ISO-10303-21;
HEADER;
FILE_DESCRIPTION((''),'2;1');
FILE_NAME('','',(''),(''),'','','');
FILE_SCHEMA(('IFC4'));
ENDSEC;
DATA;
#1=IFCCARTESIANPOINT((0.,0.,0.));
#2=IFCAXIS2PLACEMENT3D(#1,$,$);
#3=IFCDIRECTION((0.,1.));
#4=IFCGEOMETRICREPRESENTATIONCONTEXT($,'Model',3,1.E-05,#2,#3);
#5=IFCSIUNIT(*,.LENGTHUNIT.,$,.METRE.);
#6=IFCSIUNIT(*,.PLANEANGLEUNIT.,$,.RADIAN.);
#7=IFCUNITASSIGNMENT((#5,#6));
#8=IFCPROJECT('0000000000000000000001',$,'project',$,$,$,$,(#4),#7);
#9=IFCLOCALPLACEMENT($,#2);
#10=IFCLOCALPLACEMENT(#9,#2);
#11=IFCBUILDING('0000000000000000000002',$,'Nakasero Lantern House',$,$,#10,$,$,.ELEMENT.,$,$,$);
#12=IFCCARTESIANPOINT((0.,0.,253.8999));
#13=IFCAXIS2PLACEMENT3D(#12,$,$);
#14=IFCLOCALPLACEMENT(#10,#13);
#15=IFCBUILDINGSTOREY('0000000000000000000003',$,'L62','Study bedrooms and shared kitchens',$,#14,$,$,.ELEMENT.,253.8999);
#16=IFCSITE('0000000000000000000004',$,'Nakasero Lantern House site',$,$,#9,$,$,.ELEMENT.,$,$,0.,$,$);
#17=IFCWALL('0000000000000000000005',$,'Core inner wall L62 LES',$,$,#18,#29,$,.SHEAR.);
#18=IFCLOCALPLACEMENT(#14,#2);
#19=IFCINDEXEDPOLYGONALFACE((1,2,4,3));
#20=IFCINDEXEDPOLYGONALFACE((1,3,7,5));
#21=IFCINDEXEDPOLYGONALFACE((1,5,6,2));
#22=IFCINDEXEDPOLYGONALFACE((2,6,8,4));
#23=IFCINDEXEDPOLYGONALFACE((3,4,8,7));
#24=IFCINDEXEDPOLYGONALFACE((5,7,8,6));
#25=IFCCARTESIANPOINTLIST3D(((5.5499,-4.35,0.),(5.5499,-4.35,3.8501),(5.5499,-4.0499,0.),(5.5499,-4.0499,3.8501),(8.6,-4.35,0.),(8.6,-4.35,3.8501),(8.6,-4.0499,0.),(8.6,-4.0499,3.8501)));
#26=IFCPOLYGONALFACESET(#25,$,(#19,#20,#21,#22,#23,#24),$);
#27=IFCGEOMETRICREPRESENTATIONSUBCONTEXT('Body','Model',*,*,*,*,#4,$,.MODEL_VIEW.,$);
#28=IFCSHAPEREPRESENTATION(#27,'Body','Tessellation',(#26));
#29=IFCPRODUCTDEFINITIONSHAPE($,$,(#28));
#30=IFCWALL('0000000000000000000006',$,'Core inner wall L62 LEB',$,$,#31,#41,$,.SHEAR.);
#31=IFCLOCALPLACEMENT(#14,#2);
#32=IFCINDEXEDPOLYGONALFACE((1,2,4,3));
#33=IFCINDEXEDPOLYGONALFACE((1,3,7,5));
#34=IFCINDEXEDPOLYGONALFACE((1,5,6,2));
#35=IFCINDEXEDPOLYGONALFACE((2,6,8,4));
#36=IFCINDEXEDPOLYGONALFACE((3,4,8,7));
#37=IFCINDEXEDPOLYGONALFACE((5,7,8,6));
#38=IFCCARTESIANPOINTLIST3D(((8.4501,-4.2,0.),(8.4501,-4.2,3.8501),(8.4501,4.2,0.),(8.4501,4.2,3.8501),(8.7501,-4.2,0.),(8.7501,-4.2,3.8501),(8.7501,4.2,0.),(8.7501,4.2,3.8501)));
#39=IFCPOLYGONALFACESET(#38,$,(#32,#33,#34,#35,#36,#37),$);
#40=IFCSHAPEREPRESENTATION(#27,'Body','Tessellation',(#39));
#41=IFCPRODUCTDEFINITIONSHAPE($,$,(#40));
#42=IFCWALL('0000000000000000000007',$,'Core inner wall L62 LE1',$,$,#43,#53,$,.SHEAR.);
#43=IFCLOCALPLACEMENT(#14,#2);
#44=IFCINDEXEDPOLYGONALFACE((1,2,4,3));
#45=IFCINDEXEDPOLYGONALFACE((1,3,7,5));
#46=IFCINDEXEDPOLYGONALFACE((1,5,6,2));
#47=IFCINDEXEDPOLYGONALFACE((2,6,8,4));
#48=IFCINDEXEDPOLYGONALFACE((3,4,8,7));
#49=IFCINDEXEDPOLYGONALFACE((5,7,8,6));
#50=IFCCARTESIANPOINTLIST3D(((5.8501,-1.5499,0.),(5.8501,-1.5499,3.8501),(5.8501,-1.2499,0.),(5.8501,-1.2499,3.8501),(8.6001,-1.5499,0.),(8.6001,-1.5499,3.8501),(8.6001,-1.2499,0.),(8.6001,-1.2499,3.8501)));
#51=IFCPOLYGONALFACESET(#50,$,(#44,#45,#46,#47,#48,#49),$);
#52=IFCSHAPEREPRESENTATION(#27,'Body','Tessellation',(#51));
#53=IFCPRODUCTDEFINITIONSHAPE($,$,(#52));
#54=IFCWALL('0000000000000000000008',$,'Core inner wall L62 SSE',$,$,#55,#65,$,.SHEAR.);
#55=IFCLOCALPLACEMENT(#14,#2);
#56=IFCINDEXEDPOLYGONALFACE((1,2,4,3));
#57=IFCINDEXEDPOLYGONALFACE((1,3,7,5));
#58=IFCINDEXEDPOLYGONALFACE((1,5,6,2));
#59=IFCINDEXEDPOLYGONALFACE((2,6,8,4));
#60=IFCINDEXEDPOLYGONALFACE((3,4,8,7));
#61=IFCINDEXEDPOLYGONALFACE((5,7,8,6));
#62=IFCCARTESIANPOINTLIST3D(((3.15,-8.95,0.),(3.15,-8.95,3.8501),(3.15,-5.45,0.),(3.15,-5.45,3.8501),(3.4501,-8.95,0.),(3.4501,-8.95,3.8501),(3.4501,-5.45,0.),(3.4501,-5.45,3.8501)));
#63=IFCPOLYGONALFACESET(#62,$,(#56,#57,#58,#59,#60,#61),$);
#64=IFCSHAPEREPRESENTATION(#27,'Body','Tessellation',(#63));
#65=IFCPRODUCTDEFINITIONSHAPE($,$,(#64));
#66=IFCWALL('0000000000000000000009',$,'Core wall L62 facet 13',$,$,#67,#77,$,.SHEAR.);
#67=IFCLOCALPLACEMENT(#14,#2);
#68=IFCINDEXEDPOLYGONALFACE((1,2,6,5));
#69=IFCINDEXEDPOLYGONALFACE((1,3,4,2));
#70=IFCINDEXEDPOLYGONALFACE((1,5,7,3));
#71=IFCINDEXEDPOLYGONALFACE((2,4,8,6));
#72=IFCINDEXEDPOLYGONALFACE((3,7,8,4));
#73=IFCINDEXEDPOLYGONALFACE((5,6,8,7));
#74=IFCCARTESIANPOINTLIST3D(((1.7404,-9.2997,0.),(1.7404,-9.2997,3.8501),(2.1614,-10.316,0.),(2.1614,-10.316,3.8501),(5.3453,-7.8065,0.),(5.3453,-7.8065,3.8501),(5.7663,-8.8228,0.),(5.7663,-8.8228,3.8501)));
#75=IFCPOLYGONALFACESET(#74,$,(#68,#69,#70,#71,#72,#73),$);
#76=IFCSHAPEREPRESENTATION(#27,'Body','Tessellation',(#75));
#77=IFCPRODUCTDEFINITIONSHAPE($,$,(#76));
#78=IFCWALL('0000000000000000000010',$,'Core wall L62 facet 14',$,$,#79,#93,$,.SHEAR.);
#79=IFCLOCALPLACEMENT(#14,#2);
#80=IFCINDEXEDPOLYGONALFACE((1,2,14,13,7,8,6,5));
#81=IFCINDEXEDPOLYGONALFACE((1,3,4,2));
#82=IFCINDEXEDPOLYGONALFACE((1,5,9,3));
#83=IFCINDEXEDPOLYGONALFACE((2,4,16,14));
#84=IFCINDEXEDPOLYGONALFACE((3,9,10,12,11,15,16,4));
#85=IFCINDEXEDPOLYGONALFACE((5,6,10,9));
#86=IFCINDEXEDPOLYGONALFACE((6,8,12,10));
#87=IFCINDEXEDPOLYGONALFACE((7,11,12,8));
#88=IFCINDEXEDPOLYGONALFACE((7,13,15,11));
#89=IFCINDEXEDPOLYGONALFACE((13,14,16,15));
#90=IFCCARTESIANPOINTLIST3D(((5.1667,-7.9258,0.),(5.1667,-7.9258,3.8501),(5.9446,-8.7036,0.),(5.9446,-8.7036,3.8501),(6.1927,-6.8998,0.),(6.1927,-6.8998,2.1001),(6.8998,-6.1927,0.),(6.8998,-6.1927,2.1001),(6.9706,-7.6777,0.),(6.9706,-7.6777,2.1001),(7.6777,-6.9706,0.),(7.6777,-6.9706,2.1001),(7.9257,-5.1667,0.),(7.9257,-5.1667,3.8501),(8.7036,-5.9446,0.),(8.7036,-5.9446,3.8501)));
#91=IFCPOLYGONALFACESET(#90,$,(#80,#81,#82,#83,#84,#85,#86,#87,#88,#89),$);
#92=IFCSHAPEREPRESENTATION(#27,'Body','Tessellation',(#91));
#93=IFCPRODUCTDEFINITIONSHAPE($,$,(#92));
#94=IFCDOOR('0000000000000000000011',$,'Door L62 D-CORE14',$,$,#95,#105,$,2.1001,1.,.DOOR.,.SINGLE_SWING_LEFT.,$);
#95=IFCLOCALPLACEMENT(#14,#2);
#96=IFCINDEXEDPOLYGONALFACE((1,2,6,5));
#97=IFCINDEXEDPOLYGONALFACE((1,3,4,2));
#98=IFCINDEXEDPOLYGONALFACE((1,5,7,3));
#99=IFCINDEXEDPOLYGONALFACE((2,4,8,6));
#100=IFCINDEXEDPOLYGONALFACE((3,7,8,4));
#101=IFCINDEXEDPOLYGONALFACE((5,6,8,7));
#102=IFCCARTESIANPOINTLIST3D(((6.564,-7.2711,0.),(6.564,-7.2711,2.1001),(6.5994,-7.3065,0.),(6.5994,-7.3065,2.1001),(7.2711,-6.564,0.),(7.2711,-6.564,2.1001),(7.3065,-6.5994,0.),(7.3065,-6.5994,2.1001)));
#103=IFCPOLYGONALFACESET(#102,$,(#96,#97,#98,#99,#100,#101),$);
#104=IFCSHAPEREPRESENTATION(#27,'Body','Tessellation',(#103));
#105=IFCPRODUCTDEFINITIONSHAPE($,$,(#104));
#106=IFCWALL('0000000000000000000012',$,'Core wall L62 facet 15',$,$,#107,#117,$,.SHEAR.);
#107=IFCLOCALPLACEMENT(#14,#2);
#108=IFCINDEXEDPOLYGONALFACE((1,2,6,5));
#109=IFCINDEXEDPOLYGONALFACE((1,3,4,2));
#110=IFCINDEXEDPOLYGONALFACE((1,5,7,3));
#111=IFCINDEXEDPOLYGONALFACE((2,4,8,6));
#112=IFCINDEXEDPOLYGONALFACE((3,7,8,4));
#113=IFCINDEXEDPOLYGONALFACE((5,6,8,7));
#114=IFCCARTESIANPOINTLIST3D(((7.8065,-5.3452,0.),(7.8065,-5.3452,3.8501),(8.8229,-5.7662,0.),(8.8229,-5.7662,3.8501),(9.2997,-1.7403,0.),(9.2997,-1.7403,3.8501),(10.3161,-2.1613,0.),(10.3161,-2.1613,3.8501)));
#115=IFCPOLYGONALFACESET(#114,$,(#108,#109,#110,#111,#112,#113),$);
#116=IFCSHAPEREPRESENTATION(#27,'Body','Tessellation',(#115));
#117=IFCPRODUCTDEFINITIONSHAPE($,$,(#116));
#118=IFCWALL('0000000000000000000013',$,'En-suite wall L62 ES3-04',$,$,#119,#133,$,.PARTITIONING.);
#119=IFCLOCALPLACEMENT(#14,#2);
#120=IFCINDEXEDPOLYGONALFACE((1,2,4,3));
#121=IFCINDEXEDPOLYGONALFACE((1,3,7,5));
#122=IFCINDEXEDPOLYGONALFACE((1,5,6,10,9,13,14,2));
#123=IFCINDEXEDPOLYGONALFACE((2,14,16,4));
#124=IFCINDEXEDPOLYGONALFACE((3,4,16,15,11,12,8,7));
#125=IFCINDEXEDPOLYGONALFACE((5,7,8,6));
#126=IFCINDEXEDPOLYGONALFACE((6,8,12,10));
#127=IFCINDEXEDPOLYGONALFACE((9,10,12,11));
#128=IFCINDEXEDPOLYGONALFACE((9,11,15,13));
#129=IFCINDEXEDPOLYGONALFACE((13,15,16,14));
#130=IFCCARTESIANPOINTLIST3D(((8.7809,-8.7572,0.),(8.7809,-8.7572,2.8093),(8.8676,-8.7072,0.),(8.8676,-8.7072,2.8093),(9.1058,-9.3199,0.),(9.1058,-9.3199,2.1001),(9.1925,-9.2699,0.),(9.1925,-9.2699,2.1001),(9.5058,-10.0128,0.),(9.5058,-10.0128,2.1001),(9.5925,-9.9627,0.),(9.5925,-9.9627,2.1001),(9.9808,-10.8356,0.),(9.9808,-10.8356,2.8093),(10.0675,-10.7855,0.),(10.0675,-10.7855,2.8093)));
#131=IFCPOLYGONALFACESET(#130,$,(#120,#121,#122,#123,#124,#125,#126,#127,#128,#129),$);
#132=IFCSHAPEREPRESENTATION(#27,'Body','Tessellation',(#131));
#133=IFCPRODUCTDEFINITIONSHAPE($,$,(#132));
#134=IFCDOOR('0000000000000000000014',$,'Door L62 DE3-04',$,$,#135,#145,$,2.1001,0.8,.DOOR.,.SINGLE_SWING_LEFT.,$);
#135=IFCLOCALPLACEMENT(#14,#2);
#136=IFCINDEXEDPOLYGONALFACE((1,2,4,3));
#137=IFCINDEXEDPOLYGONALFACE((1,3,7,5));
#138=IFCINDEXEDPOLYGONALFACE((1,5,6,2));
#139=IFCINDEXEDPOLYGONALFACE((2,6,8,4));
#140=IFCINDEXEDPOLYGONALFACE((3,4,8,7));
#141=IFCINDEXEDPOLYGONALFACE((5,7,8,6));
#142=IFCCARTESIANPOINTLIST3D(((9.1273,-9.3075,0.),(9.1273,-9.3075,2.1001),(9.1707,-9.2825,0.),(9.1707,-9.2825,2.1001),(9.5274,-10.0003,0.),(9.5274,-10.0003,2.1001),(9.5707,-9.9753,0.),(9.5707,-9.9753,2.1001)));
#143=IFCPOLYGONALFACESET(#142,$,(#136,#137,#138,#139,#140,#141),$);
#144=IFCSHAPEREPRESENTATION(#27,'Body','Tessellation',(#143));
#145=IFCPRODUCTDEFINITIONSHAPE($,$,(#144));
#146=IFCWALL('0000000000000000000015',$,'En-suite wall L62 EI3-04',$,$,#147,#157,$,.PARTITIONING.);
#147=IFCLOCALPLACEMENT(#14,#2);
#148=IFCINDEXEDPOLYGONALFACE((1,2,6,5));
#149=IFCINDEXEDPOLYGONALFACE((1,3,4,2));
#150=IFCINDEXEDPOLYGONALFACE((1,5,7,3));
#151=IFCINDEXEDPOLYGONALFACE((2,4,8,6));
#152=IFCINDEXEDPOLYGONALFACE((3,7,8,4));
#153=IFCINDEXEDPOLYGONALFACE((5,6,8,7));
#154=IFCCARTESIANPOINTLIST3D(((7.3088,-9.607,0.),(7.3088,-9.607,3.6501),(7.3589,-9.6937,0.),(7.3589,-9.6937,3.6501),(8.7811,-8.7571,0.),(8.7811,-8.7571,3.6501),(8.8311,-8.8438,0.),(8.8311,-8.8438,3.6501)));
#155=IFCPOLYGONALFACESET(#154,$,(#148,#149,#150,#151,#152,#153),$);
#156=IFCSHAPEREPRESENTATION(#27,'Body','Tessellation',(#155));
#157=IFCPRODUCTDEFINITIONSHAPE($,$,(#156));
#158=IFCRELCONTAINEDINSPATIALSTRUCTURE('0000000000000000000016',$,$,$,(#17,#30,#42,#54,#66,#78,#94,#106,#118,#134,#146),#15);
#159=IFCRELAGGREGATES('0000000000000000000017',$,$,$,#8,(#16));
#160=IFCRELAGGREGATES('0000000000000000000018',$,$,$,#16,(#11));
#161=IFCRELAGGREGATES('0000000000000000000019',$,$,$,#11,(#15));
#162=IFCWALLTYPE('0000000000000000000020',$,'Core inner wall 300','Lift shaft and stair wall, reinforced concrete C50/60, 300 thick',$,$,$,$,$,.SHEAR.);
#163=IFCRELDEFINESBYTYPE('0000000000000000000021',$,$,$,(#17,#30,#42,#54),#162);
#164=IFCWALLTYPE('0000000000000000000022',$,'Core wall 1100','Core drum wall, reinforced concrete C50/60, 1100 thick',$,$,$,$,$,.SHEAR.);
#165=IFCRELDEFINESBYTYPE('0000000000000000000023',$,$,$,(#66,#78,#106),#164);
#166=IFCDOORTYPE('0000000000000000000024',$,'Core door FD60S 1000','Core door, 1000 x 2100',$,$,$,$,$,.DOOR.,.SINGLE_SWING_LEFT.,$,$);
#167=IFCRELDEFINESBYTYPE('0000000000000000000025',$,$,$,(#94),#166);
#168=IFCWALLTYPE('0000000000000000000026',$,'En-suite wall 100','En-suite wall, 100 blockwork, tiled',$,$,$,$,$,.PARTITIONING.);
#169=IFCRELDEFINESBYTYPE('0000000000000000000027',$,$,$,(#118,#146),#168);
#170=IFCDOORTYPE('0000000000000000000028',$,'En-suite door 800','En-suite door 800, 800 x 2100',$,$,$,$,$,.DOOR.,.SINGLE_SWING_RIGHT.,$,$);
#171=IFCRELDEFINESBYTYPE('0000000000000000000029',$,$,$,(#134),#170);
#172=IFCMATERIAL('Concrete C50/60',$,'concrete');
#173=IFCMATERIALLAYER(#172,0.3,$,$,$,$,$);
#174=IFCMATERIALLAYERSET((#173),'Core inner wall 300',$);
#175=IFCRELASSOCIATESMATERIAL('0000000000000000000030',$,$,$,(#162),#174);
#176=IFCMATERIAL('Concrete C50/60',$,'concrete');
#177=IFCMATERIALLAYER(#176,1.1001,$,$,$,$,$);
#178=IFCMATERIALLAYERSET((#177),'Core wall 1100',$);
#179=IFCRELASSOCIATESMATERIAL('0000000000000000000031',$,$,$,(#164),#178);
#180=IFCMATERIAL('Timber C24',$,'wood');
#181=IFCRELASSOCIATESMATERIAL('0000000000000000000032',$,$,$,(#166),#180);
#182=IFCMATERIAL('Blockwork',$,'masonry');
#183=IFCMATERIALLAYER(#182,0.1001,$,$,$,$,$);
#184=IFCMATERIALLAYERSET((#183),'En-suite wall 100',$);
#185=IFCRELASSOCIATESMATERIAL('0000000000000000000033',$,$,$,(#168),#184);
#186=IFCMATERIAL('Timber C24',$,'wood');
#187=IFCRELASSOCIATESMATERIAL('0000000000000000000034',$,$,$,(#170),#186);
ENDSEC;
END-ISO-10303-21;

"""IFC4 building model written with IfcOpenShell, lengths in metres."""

from ifc_helpers import new_model, si_unit, direction, frame, frame_2d, origin, place, context, subcontext, project, spatial, rectangle, extrude, material, layer, layer_set, type_object, element, fill, save


model = new_model("IFC4")

# Units and contexts
model_context = context("Model", 3, precision=1e-05, world=origin(), true_north=direction((0.0, 1.0)))
body_context = subcontext(model_context, "Body", "Model", "MODEL_VIEW")
ifc_project = project(units=[si_unit("LENGTHUNIT", "METRE"), si_unit("PLANEANGLEUNIT", "RADIAN")], contexts=[model_context])

# Site, building, storey
site_placement = place(None, origin())
site = spatial("IfcSite", under=ifc_project, at=site_placement, Name="Nakasero Lantern House site", CompositionType="ELEMENT", RefElevation=0.0)
building_placement = place(site_placement, origin())
building = spatial("IfcBuilding", under=site, at=building_placement, Name="Nakasero Lantern House", CompositionType="ELEMENT")
storey_placement = place(building_placement, frame((0.0, 0.0, 253.8999)))
storey = spatial("IfcBuildingStorey", under=building, at=storey_placement, Name="L62", Description="Study bedrooms and shared kitchens", CompositionType="ELEMENT", Elevation=253.8999)

# Shared definitions
ifc_material_1 = material(Name="Concrete C50/60", Category="concrete")
ifc_layer_1 = layer(ifc_material_1, 0.3)
ifc_layer_set_1 = layer_set([ifc_layer_1], Name="Core inner wall 300")
wall_type_1 = type_object("IfcWallType", Name="Core inner wall 300", Description="Lift shaft and stair wall, reinforced concrete C50/60, 300 thick", PredefinedType="SHEAR", material=ifc_layer_set_1)

# Walls
wall_1_placement = place(storey_placement, frame((5.55, -4.2, 0.0), z_axis=(0.0, 0.0, 1.0), x_axis=(1.0, 0.0, 0.0)))
element("IfcWall", 1, at=wall_1_placement, inside=storey, type_object=wall_type_1, Name="Core inner wall L62 LES", PredefinedType="SHEAR", context=body_context, shape_type="SweptSolid", body=[
    extrude(rectangle(XDim=3.05, YDim=0.3, at=frame_2d((1.5249, 0.0))), origin(), (0.0, 0.0, 1.0), 3.8501),
])
wall_2_placement = place(storey_placement, frame((8.6001, -4.2, 0.0), z_axis=(0.0, 0.0, 1.0), x_axis=(0.0, 1.0, 0.0)))
element("IfcWall", 2, at=wall_2_placement, inside=storey, type_object=wall_type_1, Name="Core inner wall L62 LEB", PredefinedType="SHEAR", context=body_context, shape_type="SweptSolid", body=[
    extrude(rectangle(XDim=8.3999, YDim=0.3, at=frame_2d((4.2, 0.0))), origin(), (0.0, 0.0, 1.0), 3.8501),
])
wall_3_placement = place(storey_placement, frame((5.8501, -1.3999, 0.0), z_axis=(0.0, 0.0, 1.0), x_axis=(1.0, 0.0, 0.0)))
element("IfcWall", 3, at=wall_3_placement, inside=storey, type_object=wall_type_1, Name="Core inner wall L62 LE1", PredefinedType="SHEAR", context=body_context, shape_type="SweptSolid", body=[
    extrude(rectangle(XDim=2.75, YDim=0.3, at=frame_2d((1.375, 0.0))), origin(), (0.0, 0.0, 1.0), 3.8501),
])
wall_4_placement = place(storey_placement, frame((3.3, -5.45, 0.0), z_axis=(0.0, 0.0, 1.0), x_axis=(0.0, -1.0, 0.0)))
element("IfcWall", 4, at=wall_4_placement, inside=storey, type_object=wall_type_1, Name="Core inner wall L62 SSE", PredefinedType="SHEAR", context=body_context, shape_type="SweptSolid", body=[
    extrude(rectangle(XDim=3.5, YDim=0.3, at=frame_2d((1.75, 0.0))), origin(), (0.0, 0.0, 1.0), 3.8501),
])
ifc_material_2 = material(Name="Concrete C50/60", Category="concrete")
ifc_layer_2 = layer(ifc_material_2, 1.1001)
ifc_layer_set_2 = layer_set([ifc_layer_2], Name="Core wall 1100")
wall_type_2 = type_object("IfcWallType", Name="Core wall 1100", Description="Core drum wall, reinforced concrete C50/60, 1100 thick", PredefinedType="SHEAR", material=ifc_layer_set_2)
wall_5_placement = place(storey_placement, frame((1.9509, -9.8079, 0.0), z_axis=(0.0, 0.0, 1.0), x_axis=(0.923877, 0.382691, 0.0)))
element("IfcWall", 5, at=wall_5_placement, inside=storey, type_object=wall_type_2, Name="Core wall L62 facet 13", PredefinedType="SHEAR", context=body_context, shape_type="SweptSolid", body=[
    extrude(rectangle(XDim=3.9019, YDim=1.1001, at=frame_2d((1.9509, 0.0))), origin(), (0.0, 0.0, 1.0), 3.8501),
])

# Wall, opening, door
wall_6_placement = place(storey_placement, frame((5.5557, -8.3147, 0.0), z_axis=(0.0, 0.0, 1.0), x_axis=(0.707107, 0.707107, 0.0)))
wall_6 = element("IfcWall", 6, at=wall_6_placement, inside=storey, type_object=wall_type_2, Name="Core wall L62 facet 14", PredefinedType="SHEAR", context=body_context, shape_type="SweptSolid", body=[
    extrude(rectangle(XDim=3.9019, YDim=1.1001, at=frame_2d((1.9509, 0.0))), origin(), (0.0, 0.0, 1.0), 3.8501),
])
opening_1_placement = place(wall_6_placement, frame((1.4509, 0.0, 0.0)))
opening_1 = element("IfcOpeningElement", 7, at=opening_1_placement, cuts=wall_6, PredefinedType="OPENING", context=body_context, shape_type="SweptSolid", body=[
    extrude(rectangle(XDim=1.0, YDim=2.1001, at=frame_2d((0.5, 1.05))), frame((0.0, 0.5701, 0.0), z_axis=(0.0, -1.0, 0.0), x_axis=(1.0, 0.0, 0.0)), (0.0, 0.0, 1.0), 1.1401),
])
ifc_material_3 = material(Name="Timber C24", Category="wood")
door_type_1 = type_object("IfcDoorType", Name="Core door FD60S 1000", Description="Core door, 1000 x 2100", OperationType="SINGLE_SWING_LEFT", PredefinedType="DOOR", material=ifc_material_3)
door_1_placement = place(opening_1_placement, origin())
door_1 = element("IfcDoor", 8, at=door_1_placement, inside=storey, type_object=door_type_1, Name="Door L62 D-CORE14", OperationType="SINGLE_SWING_LEFT", OverallHeight=2.1001, OverallWidth=1.0, PredefinedType="DOOR", context=body_context, shape_type="SweptSolid", body=[
    extrude(rectangle(XDim=1.0, YDim=2.1001, at=frame_2d((0.5, 1.05))), frame((0.0, 0.0249, 0.0), z_axis=(0.0, -1.0, 0.0), x_axis=(1.0, 0.0, 0.0)), (0.0, 0.0, 1.0), 0.05),
])
fill(opening_1, door_1)

# Wall
wall_7_placement = place(storey_placement, frame((8.3147, -5.5557, 0.0), z_axis=(0.0, 0.0, 1.0), x_axis=(0.382691, 0.923877, 0.0)))
element("IfcWall", 9, at=wall_7_placement, inside=storey, type_object=wall_type_2, Name="Core wall L62 facet 15", PredefinedType="SHEAR", context=body_context, shape_type="SweptSolid", body=[
    extrude(rectangle(XDim=3.9019, YDim=1.1001, at=frame_2d((1.9509, 0.0))), origin(), (0.0, 0.0, 1.0), 3.8501),
])

# Wall, opening, door
ifc_material_4 = material(Name="Blockwork", Category="masonry")
ifc_layer_3 = layer(ifc_material_4, 0.1001)
ifc_layer_set_3 = layer_set([ifc_layer_3], Name="En-suite wall 100")
wall_type_3 = type_object("IfcWallType", Name="En-suite wall 100", Description="En-suite wall, 100 blockwork, tiled", PredefinedType="PARTITIONING", material=ifc_layer_set_3)
wall_8_placement = place(storey_placement, frame((8.8242, -8.7322, 0.0), z_axis=(0.0, 0.0, 1.0), x_axis=(0.500001, -0.866025, 0.0)))
wall_8 = element("IfcWall", 10, at=wall_8_placement, inside=storey, type_object=wall_type_3, Name="En-suite wall L62 ES3-04", PredefinedType="PARTITIONING", context=body_context, shape_type="SweptSolid", body=[
    extrude(rectangle(XDim=2.3999, YDim=0.1001, at=frame_2d((1.2, 0.0))), origin(), (0.0, 0.0, 1.0), 2.8093),
])
opening_2_placement = place(wall_8_placement, frame((0.6499, 0.0, 0.0)))
opening_2 = element("IfcOpeningElement", 11, at=opening_2_placement, cuts=wall_8, PredefinedType="OPENING", context=body_context, shape_type="SweptSolid", body=[
    extrude(rectangle(XDim=0.8, YDim=2.1001, at=frame_2d((0.3999, 1.05))), frame((0.0, 0.0701, 0.0), z_axis=(0.0, -1.0, 0.0), x_axis=(1.0, 0.0, 0.0)), (0.0, 0.0, 1.0), 0.1401),
])
ifc_material_5 = material(Name="Timber C24", Category="wood")
door_type_2 = type_object("IfcDoorType", Name="En-suite door 800", Description="En-suite door 800, 800 x 2100", OperationType="SINGLE_SWING_RIGHT", PredefinedType="DOOR", material=ifc_material_5)
door_2_placement = place(opening_2_placement, origin())
door_2 = element("IfcDoor", 12, at=door_2_placement, inside=storey, type_object=door_type_2, Name="Door L62 DE3-04", OperationType="SINGLE_SWING_LEFT", OverallHeight=2.1001, OverallWidth=0.8, PredefinedType="DOOR", context=body_context, shape_type="SweptSolid", body=[
    extrude(rectangle(XDim=0.8, YDim=2.1001, at=frame_2d((0.3999, 1.05))), frame((0.0, 0.0249, 0.0), z_axis=(0.0, -1.0, 0.0), x_axis=(1.0, 0.0, 0.0)), (0.0, 0.0, 1.0), 0.05),
])
fill(opening_2, door_2)

# Wall
wall_9_placement = place(storey_placement, frame((7.3337, -9.6504, 0.0), z_axis=(0.0, 0.0, 1.0), x_axis=(0.866052, 0.499955, 0.0)))
element("IfcWall", 13, at=wall_9_placement, inside=storey, type_object=wall_type_3, Name="En-suite wall L62 EI3-04", PredefinedType="PARTITIONING", context=body_context, shape_type="SweptSolid", body=[
    extrude(rectangle(XDim=1.7, YDim=0.1001, at=frame_2d((0.8501, 0.0))), origin(), (0.0, 0.0, 1.0), 3.6501),
])

save(model, "model.ifc")
